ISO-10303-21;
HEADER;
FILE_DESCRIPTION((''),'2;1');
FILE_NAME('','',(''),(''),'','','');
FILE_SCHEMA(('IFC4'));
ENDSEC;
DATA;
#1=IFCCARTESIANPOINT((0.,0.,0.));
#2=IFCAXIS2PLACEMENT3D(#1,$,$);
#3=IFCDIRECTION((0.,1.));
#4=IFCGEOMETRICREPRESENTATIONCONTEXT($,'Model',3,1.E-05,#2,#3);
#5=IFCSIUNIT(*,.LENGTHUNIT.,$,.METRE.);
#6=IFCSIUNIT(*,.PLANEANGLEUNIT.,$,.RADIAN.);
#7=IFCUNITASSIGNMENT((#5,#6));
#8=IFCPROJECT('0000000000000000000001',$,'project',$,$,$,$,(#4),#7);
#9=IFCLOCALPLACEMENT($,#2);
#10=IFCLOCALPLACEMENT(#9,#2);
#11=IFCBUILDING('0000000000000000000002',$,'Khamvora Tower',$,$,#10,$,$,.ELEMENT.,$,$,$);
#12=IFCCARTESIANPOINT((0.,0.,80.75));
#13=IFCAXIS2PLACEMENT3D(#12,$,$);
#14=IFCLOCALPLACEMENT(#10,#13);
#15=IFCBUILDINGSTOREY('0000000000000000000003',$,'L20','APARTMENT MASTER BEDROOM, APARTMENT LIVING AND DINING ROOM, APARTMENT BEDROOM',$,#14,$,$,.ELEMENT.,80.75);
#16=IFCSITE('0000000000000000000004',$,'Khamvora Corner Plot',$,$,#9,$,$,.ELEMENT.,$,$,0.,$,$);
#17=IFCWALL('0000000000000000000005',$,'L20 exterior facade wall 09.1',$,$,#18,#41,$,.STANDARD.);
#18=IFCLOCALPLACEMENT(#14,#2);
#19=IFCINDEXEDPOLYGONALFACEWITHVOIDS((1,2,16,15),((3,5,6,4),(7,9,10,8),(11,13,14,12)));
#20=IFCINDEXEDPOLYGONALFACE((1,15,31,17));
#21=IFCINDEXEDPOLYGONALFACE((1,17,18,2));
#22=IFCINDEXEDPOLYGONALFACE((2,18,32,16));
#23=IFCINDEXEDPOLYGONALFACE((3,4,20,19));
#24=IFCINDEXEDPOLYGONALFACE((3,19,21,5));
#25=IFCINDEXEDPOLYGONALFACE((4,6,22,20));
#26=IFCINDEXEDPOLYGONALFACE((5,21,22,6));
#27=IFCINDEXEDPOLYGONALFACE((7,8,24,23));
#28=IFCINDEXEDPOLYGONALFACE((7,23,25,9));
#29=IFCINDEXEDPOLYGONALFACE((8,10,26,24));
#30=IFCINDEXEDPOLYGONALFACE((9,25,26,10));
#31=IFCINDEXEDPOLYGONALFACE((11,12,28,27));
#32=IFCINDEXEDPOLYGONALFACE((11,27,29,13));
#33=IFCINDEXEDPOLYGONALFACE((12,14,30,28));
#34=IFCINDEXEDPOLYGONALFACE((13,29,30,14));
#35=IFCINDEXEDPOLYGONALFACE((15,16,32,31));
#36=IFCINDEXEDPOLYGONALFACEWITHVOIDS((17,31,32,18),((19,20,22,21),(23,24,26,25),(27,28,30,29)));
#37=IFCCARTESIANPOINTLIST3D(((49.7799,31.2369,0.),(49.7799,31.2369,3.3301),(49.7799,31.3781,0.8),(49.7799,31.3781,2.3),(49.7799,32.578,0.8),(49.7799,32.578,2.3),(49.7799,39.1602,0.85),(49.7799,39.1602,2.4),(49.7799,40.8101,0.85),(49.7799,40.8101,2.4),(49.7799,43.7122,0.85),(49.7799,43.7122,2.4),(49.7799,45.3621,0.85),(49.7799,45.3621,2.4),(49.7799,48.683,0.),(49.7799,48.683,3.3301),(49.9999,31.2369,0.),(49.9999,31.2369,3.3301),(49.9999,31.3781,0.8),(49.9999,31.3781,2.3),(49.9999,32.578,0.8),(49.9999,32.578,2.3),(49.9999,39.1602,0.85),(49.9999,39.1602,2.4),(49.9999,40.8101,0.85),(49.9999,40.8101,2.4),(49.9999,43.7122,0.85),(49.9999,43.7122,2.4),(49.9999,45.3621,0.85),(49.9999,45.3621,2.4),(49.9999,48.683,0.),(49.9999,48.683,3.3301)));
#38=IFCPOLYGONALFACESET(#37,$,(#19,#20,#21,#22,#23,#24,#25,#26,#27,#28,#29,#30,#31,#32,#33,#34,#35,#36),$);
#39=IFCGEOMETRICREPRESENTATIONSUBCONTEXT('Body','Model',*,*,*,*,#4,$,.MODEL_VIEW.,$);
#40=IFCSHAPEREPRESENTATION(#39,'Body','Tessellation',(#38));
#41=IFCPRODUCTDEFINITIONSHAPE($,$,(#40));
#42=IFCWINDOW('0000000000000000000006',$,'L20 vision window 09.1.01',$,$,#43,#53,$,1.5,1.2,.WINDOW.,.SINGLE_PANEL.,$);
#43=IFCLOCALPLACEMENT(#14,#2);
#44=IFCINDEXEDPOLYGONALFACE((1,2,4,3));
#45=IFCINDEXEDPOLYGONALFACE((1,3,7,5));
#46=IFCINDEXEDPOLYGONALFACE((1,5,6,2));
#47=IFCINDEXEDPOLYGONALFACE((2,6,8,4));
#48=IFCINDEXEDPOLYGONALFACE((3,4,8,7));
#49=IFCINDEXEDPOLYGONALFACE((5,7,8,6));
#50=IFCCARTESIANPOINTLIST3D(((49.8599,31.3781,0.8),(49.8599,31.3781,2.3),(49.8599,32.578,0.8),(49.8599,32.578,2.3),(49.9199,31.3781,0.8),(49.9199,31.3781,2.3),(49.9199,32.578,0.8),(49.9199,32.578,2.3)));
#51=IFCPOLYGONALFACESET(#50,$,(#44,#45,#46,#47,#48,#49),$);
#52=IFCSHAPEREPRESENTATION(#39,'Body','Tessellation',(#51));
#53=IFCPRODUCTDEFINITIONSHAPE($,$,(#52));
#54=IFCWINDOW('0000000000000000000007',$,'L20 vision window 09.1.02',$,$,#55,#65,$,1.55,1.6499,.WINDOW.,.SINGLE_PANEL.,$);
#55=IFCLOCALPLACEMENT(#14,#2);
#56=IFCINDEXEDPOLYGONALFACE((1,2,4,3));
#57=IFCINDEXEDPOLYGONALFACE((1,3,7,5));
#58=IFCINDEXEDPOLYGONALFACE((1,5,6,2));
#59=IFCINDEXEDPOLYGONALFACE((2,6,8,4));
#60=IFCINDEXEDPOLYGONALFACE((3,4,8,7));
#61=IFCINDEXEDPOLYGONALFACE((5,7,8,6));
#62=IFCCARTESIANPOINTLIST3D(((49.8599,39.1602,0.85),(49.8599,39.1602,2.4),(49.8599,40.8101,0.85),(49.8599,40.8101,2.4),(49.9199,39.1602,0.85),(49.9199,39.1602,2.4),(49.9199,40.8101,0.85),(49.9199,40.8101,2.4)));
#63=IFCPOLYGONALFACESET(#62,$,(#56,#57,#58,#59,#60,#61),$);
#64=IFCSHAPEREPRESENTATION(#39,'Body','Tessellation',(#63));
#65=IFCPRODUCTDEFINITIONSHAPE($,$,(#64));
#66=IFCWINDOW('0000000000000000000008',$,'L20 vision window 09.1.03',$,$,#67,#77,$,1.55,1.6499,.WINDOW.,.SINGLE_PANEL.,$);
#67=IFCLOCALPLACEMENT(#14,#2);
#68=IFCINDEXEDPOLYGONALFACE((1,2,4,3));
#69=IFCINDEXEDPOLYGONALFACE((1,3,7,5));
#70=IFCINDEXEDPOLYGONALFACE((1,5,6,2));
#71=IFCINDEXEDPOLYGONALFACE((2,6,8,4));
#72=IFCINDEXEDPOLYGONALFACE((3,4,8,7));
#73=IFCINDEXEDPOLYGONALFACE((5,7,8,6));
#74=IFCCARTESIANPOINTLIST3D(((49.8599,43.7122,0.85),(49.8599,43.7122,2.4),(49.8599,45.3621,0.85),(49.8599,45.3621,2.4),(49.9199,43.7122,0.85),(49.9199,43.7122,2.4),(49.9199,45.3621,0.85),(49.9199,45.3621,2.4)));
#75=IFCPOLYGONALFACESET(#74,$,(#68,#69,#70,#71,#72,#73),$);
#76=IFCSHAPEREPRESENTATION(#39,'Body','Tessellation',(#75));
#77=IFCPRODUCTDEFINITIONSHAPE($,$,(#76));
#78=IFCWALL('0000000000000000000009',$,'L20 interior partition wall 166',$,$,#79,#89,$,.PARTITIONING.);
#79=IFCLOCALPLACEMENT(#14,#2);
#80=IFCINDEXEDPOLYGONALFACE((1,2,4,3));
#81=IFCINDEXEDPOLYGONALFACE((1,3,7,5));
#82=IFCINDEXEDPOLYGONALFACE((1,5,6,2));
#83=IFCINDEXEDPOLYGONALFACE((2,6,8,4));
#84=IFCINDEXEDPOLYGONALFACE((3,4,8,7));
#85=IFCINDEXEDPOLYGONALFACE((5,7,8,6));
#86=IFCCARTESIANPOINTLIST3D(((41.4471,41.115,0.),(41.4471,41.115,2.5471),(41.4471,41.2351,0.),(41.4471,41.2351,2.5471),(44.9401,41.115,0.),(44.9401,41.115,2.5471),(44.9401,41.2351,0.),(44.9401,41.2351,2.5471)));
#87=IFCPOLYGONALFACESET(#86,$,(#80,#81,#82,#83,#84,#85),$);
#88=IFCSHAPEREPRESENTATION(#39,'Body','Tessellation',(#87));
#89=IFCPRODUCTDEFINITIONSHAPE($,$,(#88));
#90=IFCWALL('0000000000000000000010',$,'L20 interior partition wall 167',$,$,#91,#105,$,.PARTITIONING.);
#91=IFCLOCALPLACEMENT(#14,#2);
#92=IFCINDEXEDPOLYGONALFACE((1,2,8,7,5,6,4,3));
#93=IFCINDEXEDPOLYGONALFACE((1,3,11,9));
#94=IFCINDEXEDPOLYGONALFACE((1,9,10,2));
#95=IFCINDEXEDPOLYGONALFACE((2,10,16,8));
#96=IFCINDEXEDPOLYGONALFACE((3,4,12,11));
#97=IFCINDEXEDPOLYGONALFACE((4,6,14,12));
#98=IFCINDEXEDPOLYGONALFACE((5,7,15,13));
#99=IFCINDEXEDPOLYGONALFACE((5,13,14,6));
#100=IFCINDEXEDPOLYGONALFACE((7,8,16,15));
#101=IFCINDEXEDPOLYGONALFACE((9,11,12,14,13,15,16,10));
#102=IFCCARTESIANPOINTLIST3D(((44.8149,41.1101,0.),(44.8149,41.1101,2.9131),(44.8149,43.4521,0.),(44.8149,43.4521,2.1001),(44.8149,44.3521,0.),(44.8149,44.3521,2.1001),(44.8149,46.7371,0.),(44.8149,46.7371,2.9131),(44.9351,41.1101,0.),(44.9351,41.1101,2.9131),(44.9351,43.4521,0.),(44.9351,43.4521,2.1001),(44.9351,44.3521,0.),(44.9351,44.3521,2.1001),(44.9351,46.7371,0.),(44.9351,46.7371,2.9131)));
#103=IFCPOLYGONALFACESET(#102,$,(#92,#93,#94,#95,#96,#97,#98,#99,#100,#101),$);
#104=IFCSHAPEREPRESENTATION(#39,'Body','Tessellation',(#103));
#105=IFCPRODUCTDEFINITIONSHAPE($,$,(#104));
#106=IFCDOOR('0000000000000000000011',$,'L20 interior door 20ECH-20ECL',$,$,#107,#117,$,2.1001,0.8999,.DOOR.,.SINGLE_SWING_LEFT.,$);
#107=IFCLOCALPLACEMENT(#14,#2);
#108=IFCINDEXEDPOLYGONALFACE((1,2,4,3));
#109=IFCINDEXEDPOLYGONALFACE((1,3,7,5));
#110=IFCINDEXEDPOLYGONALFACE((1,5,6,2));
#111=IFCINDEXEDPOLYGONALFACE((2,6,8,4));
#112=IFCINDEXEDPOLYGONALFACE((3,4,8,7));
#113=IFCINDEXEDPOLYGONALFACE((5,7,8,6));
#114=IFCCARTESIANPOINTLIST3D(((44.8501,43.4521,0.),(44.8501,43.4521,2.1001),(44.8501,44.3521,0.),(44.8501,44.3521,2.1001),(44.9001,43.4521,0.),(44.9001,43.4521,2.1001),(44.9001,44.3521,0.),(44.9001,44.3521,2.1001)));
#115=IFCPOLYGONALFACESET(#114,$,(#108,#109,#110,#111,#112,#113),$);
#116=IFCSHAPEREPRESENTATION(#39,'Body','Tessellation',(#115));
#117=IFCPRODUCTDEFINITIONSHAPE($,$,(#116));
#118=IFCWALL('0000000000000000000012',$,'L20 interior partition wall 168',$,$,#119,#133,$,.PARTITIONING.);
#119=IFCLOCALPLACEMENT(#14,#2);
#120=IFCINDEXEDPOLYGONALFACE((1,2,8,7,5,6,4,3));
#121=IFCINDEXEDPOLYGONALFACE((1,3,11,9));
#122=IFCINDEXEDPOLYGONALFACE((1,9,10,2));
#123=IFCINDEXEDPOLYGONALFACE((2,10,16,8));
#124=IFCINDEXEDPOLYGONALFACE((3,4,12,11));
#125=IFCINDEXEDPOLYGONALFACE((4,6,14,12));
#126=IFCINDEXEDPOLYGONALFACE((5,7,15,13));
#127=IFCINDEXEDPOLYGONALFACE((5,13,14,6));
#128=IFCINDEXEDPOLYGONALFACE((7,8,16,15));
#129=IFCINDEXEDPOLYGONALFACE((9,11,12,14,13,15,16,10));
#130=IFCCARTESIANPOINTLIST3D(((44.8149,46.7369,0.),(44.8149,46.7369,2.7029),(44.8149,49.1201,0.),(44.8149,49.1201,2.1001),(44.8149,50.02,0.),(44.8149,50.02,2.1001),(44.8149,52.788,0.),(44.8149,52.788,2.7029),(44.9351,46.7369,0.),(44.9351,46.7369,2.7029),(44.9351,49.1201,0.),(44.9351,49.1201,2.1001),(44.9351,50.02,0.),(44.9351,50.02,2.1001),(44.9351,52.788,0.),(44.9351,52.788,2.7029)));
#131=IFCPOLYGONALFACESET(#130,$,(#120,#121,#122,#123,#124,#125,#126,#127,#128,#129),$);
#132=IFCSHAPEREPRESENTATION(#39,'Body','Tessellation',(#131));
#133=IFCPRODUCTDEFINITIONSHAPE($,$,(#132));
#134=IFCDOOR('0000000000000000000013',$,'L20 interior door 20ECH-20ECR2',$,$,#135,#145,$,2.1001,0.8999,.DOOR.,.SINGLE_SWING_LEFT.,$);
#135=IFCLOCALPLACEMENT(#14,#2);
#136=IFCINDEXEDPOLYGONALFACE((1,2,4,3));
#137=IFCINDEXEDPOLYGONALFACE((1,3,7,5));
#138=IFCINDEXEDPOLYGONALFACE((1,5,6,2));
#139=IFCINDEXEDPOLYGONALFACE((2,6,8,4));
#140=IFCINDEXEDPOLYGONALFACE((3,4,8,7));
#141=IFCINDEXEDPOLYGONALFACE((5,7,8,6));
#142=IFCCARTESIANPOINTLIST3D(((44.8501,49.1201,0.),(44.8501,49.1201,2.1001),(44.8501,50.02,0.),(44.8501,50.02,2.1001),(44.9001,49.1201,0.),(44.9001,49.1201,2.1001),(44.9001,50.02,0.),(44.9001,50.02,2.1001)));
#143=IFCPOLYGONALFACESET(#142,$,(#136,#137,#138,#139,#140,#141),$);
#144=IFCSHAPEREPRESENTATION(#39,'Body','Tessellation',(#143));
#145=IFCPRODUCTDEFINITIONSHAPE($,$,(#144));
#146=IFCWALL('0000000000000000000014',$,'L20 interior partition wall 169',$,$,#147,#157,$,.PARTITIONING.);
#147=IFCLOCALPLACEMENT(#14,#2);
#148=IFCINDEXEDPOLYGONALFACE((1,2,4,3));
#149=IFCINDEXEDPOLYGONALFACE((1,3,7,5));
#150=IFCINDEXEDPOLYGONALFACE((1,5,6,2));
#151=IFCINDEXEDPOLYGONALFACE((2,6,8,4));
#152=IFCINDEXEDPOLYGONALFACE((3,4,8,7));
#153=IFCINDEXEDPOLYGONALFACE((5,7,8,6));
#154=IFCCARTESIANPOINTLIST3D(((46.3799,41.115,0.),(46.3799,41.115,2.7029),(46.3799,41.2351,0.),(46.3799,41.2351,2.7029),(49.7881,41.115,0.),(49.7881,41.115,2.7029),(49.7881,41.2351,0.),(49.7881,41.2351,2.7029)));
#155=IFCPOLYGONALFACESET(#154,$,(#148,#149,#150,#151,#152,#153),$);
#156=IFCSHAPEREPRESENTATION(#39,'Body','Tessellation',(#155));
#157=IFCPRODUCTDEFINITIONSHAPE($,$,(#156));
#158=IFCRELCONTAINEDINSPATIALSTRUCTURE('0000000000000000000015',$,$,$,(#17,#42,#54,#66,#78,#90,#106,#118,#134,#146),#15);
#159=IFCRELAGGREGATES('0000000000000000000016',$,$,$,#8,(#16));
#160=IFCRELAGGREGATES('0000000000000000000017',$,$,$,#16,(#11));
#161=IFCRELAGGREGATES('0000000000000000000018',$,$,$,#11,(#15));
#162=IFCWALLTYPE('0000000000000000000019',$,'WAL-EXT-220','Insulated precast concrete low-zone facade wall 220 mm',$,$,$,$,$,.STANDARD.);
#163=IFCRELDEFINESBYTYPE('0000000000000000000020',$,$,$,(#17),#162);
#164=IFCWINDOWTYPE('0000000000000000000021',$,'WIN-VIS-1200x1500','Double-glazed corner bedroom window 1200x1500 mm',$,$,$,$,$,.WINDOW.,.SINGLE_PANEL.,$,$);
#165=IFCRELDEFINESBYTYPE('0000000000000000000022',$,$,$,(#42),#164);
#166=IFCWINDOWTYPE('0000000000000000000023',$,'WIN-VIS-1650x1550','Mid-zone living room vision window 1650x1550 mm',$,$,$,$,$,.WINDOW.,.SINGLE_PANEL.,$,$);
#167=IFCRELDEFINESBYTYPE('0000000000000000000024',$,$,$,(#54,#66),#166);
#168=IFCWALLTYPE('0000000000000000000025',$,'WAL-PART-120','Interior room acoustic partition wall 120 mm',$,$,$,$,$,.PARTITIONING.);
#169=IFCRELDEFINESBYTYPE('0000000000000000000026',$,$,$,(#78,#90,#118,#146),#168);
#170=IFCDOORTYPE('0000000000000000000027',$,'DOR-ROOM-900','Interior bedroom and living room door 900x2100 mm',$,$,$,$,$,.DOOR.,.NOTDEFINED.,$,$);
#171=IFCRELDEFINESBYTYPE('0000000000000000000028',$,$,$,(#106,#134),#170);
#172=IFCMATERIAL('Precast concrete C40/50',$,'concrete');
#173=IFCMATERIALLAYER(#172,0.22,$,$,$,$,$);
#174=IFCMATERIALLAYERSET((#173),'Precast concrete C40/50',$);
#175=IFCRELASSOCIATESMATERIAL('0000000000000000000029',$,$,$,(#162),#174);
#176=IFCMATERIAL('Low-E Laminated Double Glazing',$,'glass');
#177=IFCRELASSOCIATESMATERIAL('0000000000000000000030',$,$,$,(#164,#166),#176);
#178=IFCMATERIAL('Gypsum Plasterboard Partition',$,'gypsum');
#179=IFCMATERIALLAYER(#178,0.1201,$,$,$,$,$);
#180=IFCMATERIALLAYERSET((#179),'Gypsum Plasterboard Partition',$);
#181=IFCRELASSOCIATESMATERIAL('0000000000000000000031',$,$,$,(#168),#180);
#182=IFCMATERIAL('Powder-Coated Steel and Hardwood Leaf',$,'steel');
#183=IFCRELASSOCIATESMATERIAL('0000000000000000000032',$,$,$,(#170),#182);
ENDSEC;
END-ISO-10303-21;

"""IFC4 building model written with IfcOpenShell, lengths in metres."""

from ifc_helpers import new_model, si_unit, direction, frame, frame_2d, origin, place, context, subcontext, project, spatial, rectangle, extrude, material, layer, layer_set, type_object, element, fill, save


model = new_model("IFC4")

# Units and contexts
model_context = context("Model", 3, precision=1e-05, world=origin(), true_north=direction((0.0, 1.0)))
body_context = subcontext(model_context, "Body", "Model", "MODEL_VIEW")
ifc_project = project(units=[si_unit("LENGTHUNIT", "METRE"), si_unit("PLANEANGLEUNIT", "RADIAN")], contexts=[model_context])

# Site, building, storey
site_placement = place(None, origin())
site = spatial("IfcSite", under=ifc_project, at=site_placement, Name="Khamvora Corner Plot", CompositionType="ELEMENT", RefElevation=0.0)
building_placement = place(site_placement, origin())
building = spatial("IfcBuilding", under=site, at=building_placement, Name="Khamvora Tower", CompositionType="ELEMENT")
storey_placement = place(building_placement, frame((0.0, 0.0, 80.75)))
storey = spatial("IfcBuildingStorey", under=building, at=storey_placement, Name="L20", Description="APARTMENT MASTER BEDROOM, APARTMENT LIVING AND DINING ROOM, APARTMENT BEDROOM", CompositionType="ELEMENT", Elevation=80.75)

# Shared definitions
ifc_material_1 = material(Name="Precast concrete C40/50", Category="concrete")
ifc_layer_1 = layer(ifc_material_1, 0.22)
ifc_layer_set_1 = layer_set([ifc_layer_1], Name="Precast concrete C40/50")
wall_type_1 = type_object("IfcWallType", Name="WAL-EXT-220", Description="Insulated precast concrete low-zone facade wall 220 mm", PredefinedType="STANDARD", material=ifc_layer_set_1)

# Wall, openings, windows
wall_1_placement = place(storey_placement, frame((49.8899, 48.6831, 0.0), z_axis=(0.0, 0.0, 1.0), x_axis=(0.0, -1.0, 0.0)))
wall_1 = element("IfcWall", 1, at=wall_1_placement, inside=storey, type_object=wall_type_1, Name="L20 exterior facade wall 09.1", PredefinedType="STANDARD", context=body_context, shape_type="SweptSolid", body=[
    extrude(rectangle(XDim=17.446, YDim=0.22, at=frame_2d((8.7231, 0.0))), origin(), (0.0, 0.0, 1.0), 3.3301),
])
opening_1_placement = place(wall_1_placement, frame((16.105, 0.0, 0.8)))
opening_1 = element("IfcOpeningElement", 2, at=opening_1_placement, cuts=wall_1, PredefinedType="OPENING", context=body_context, shape_type="SweptSolid", body=[
    extrude(rectangle(XDim=1.2, YDim=1.5, at=frame_2d((0.6001, 0.75))), frame((0.0, 0.1199, 0.0), z_axis=(0.0, -1.0, 0.0), x_axis=(1.0, 0.0, 0.0)), (0.0, 0.0, 1.0), 0.24),
])
opening_2_placement = place(wall_1_placement, frame((7.873, 0.0, 0.8501)))
opening_2 = element("IfcOpeningElement", 3, at=opening_2_placement, cuts=wall_1, PredefinedType="OPENING", context=body_context, shape_type="SweptSolid", body=[
    extrude(rectangle(XDim=1.6499, YDim=1.55, at=frame_2d((0.825, 0.7749))), frame((0.0, 0.1199, 0.0), z_axis=(0.0, -1.0, 0.0), x_axis=(1.0, 0.0, 0.0)), (0.0, 0.0, 1.0), 0.24),
])
opening_3_placement = place(wall_1_placement, frame((3.321, 0.0, 0.8501)))
opening_3 = element("IfcOpeningElement", 4, at=opening_3_placement, cuts=wall_1, PredefinedType="OPENING", context=body_context, shape_type="SweptSolid", body=[
    extrude(rectangle(XDim=1.6499, YDim=1.55, at=frame_2d((0.825, 0.7749))), frame((0.0, 0.1199, 0.0), z_axis=(0.0, -1.0, 0.0), x_axis=(1.0, 0.0, 0.0)), (0.0, 0.0, 1.0), 0.24),
])
ifc_material_2 = material(Name="Low-E Laminated Double Glazing", Category="glass")
window_type_1 = type_object("IfcWindowType", Name="WIN-VIS-1200x1500", Description="Double-glazed corner bedroom window 1200x1500 mm", PartitioningType="SINGLE_PANEL", PredefinedType="WINDOW", material=ifc_material_2)
window_1_placement = place(opening_1_placement, origin())
window_1 = element("IfcWindow", 5, at=window_1_placement, inside=storey, type_object=window_type_1, Name="L20 vision window 09.1.01", OverallHeight=1.5, OverallWidth=1.2, PartitioningType="SINGLE_PANEL", PredefinedType="WINDOW", context=body_context, shape_type="SweptSolid", body=[
    extrude(rectangle(XDim=1.2, YDim=1.5, at=frame_2d((0.6001, 0.75))), frame((0.0, 0.03, 0.0), z_axis=(0.0, -1.0, 0.0), x_axis=(1.0, 0.0, 0.0)), (0.0, 0.0, 1.0), 0.0601),
])
fill(opening_1, window_1)
window_type_2 = type_object("IfcWindowType", Name="WIN-VIS-1650x1550", Description="Mid-zone living room vision window 1650x1550 mm", PartitioningType="SINGLE_PANEL", PredefinedType="WINDOW", material=ifc_material_2)
window_2_placement = place(opening_2_placement, origin())
window_2 = element("IfcWindow", 6, at=window_2_placement, inside=storey, type_object=window_type_2, Name="L20 vision window 09.1.02", OverallHeight=1.55, OverallWidth=1.6499, PartitioningType="SINGLE_PANEL", PredefinedType="WINDOW", context=body_context, shape_type="SweptSolid", body=[
    extrude(rectangle(XDim=1.6499, YDim=1.55, at=frame_2d((0.825, 0.7749))), frame((0.0, 0.03, 0.0), z_axis=(0.0, -1.0, 0.0), x_axis=(1.0, 0.0, 0.0)), (0.0, 0.0, 1.0), 0.0601),
])
fill(opening_2, window_2)
window_3_placement = place(opening_3_placement, origin())
window_3 = element("IfcWindow", 7, at=window_3_placement, inside=storey, type_object=window_type_2, Name="L20 vision window 09.1.03", OverallHeight=1.55, OverallWidth=1.6499, PartitioningType="SINGLE_PANEL", PredefinedType="WINDOW", context=body_context, shape_type="SweptSolid", body=[
    extrude(rectangle(XDim=1.6499, YDim=1.55, at=frame_2d((0.825, 0.7749))), frame((0.0, 0.03, 0.0), z_axis=(0.0, -1.0, 0.0), x_axis=(1.0, 0.0, 0.0)), (0.0, 0.0, 1.0), 0.0601),
])
fill(opening_3, window_3)

# Wall
ifc_material_3 = material(Name="Gypsum Plasterboard Partition", Category="gypsum")
ifc_layer_2 = layer(ifc_material_3, 0.1201)
ifc_layer_set_2 = layer_set([ifc_layer_2], Name="Gypsum Plasterboard Partition")
wall_type_2 = type_object("IfcWallType", Name="WAL-PART-120", Description="Interior room acoustic partition wall 120 mm", PredefinedType="PARTITIONING", material=ifc_layer_set_2)
wall_2_placement = place(storey_placement, frame((41.447, 41.175, 0.0), z_axis=(0.0, 0.0, 1.0), x_axis=(1.0, 0.0, 0.0)))
element("IfcWall", 8, at=wall_2_placement, inside=storey, type_object=wall_type_2, Name="L20 interior partition wall 166", PredefinedType="PARTITIONING", context=body_context, shape_type="SweptSolid", body=[
    extrude(rectangle(XDim=3.4929, YDim=0.1201, at=frame_2d((1.7466, 0.0))), origin(), (0.0, 0.0, 1.0), 2.5471),
])

# Walls, openings, doors
wall_3_placement = place(storey_placement, frame((44.875, 41.1101, 0.0), z_axis=(0.0, 0.0, 1.0), x_axis=(0.0, 1.0, 0.0)))
wall_3 = element("IfcWall", 9, at=wall_3_placement, inside=storey, type_object=wall_type_2, Name="L20 interior partition wall 167", PredefinedType="PARTITIONING", context=body_context, shape_type="SweptSolid", body=[
    extrude(rectangle(XDim=5.627, YDim=0.1201, at=frame_2d((2.8135, 0.0))), origin(), (0.0, 0.0, 1.0), 2.9131),
])
opening_4_placement = place(wall_3_placement, frame((2.342, 0.0, 0.0)))
opening_4 = element("IfcOpeningElement", 10, at=opening_4_placement, cuts=wall_3, PredefinedType="OPENING", context=body_context, shape_type="SweptSolid", body=[
    extrude(rectangle(XDim=0.8999, YDim=2.1001, at=frame_2d((0.45, 1.05))), frame((0.0, 0.0701, 0.0), z_axis=(0.0, -1.0, 0.0), x_axis=(1.0, 0.0, 0.0)), (0.0, 0.0, 1.0), 0.1401),
])
ifc_material_4 = material(Name="Powder-Coated Steel and Hardwood Leaf", Category="steel")
door_type_1 = type_object("IfcDoorType", Name="DOR-ROOM-900", Description="Interior bedroom and living room door 900x2100 mm", OperationType="NOTDEFINED", PredefinedType="DOOR", material=ifc_material_4)
door_1_placement = place(opening_4_placement, origin())
door_1 = element("IfcDoor", 11, at=door_1_placement, inside=storey, type_object=door_type_1, Name="L20 interior door 20ECH-20ECL", OperationType="SINGLE_SWING_LEFT", OverallHeight=2.1001, OverallWidth=0.8999, PredefinedType="DOOR", context=body_context, shape_type="SweptSolid", body=[
    extrude(rectangle(XDim=0.8999, YDim=2.1001, at=frame_2d((0.45, 1.05))), frame((0.0, 0.0249, 0.0), z_axis=(0.0, -1.0, 0.0), x_axis=(1.0, 0.0, 0.0)), (0.0, 0.0, 1.0), 0.05),
])
fill(opening_4, door_1)
wall_4_placement = place(storey_placement, frame((44.875, 46.7371, 0.0), z_axis=(0.0, 0.0, 1.0), x_axis=(0.0, 1.0, 0.0)))
wall_4 = element("IfcWall", 12, at=wall_4_placement, inside=storey, type_object=wall_type_2, Name="L20 interior partition wall 168", PredefinedType="PARTITIONING", context=body_context, shape_type="SweptSolid", body=[
    extrude(rectangle(XDim=6.051, YDim=0.1201, at=frame_2d((3.0254, 0.0))), origin(), (0.0, 0.0, 1.0), 2.7029),
])
opening_5_placement = place(wall_4_placement, frame((2.3831, 0.0, 0.0)))
opening_5 = element("IfcOpeningElement", 13, at=opening_5_placement, cuts=wall_4, PredefinedType="OPENING", context=body_context, shape_type="SweptSolid", body=[
    extrude(rectangle(XDim=0.8999, YDim=2.1001, at=frame_2d((0.45, 1.05))), frame((0.0, 0.0701, 0.0), z_axis=(0.0, -1.0, 0.0), x_axis=(1.0, 0.0, 0.0)), (0.0, 0.0, 1.0), 0.1401),
])
door_2_placement = place(opening_5_placement, origin())
door_2 = element("IfcDoor", 14, at=door_2_placement, inside=storey, type_object=door_type_1, Name="L20 interior door 20ECH-20ECR2", OperationType="SINGLE_SWING_LEFT", OverallHeight=2.1001, OverallWidth=0.8999, PredefinedType="DOOR", context=body_context, shape_type="SweptSolid", body=[
    extrude(rectangle(XDim=0.8999, YDim=2.1001, at=frame_2d((0.45, 1.05))), frame((0.0, 0.0249, 0.0), z_axis=(0.0, -1.0, 0.0), x_axis=(1.0, 0.0, 0.0)), (0.0, 0.0, 1.0), 0.05),
])
fill(opening_5, door_2)

# Wall
wall_5_placement = place(storey_placement, frame((46.3799, 41.175, 0.0), z_axis=(0.0, 0.0, 1.0), x_axis=(1.0, 0.0, 0.0)))
element("IfcWall", 15, at=wall_5_placement, inside=storey, type_object=wall_type_2, Name="L20 interior partition wall 169", PredefinedType="PARTITIONING", context=body_context, shape_type="SweptSolid", body=[
    extrude(rectangle(XDim=3.4082, YDim=0.1201, at=frame_2d((1.7041, 0.0))), origin(), (0.0, 0.0, 1.0), 2.7029),
])

save(model, "model.ifc")
